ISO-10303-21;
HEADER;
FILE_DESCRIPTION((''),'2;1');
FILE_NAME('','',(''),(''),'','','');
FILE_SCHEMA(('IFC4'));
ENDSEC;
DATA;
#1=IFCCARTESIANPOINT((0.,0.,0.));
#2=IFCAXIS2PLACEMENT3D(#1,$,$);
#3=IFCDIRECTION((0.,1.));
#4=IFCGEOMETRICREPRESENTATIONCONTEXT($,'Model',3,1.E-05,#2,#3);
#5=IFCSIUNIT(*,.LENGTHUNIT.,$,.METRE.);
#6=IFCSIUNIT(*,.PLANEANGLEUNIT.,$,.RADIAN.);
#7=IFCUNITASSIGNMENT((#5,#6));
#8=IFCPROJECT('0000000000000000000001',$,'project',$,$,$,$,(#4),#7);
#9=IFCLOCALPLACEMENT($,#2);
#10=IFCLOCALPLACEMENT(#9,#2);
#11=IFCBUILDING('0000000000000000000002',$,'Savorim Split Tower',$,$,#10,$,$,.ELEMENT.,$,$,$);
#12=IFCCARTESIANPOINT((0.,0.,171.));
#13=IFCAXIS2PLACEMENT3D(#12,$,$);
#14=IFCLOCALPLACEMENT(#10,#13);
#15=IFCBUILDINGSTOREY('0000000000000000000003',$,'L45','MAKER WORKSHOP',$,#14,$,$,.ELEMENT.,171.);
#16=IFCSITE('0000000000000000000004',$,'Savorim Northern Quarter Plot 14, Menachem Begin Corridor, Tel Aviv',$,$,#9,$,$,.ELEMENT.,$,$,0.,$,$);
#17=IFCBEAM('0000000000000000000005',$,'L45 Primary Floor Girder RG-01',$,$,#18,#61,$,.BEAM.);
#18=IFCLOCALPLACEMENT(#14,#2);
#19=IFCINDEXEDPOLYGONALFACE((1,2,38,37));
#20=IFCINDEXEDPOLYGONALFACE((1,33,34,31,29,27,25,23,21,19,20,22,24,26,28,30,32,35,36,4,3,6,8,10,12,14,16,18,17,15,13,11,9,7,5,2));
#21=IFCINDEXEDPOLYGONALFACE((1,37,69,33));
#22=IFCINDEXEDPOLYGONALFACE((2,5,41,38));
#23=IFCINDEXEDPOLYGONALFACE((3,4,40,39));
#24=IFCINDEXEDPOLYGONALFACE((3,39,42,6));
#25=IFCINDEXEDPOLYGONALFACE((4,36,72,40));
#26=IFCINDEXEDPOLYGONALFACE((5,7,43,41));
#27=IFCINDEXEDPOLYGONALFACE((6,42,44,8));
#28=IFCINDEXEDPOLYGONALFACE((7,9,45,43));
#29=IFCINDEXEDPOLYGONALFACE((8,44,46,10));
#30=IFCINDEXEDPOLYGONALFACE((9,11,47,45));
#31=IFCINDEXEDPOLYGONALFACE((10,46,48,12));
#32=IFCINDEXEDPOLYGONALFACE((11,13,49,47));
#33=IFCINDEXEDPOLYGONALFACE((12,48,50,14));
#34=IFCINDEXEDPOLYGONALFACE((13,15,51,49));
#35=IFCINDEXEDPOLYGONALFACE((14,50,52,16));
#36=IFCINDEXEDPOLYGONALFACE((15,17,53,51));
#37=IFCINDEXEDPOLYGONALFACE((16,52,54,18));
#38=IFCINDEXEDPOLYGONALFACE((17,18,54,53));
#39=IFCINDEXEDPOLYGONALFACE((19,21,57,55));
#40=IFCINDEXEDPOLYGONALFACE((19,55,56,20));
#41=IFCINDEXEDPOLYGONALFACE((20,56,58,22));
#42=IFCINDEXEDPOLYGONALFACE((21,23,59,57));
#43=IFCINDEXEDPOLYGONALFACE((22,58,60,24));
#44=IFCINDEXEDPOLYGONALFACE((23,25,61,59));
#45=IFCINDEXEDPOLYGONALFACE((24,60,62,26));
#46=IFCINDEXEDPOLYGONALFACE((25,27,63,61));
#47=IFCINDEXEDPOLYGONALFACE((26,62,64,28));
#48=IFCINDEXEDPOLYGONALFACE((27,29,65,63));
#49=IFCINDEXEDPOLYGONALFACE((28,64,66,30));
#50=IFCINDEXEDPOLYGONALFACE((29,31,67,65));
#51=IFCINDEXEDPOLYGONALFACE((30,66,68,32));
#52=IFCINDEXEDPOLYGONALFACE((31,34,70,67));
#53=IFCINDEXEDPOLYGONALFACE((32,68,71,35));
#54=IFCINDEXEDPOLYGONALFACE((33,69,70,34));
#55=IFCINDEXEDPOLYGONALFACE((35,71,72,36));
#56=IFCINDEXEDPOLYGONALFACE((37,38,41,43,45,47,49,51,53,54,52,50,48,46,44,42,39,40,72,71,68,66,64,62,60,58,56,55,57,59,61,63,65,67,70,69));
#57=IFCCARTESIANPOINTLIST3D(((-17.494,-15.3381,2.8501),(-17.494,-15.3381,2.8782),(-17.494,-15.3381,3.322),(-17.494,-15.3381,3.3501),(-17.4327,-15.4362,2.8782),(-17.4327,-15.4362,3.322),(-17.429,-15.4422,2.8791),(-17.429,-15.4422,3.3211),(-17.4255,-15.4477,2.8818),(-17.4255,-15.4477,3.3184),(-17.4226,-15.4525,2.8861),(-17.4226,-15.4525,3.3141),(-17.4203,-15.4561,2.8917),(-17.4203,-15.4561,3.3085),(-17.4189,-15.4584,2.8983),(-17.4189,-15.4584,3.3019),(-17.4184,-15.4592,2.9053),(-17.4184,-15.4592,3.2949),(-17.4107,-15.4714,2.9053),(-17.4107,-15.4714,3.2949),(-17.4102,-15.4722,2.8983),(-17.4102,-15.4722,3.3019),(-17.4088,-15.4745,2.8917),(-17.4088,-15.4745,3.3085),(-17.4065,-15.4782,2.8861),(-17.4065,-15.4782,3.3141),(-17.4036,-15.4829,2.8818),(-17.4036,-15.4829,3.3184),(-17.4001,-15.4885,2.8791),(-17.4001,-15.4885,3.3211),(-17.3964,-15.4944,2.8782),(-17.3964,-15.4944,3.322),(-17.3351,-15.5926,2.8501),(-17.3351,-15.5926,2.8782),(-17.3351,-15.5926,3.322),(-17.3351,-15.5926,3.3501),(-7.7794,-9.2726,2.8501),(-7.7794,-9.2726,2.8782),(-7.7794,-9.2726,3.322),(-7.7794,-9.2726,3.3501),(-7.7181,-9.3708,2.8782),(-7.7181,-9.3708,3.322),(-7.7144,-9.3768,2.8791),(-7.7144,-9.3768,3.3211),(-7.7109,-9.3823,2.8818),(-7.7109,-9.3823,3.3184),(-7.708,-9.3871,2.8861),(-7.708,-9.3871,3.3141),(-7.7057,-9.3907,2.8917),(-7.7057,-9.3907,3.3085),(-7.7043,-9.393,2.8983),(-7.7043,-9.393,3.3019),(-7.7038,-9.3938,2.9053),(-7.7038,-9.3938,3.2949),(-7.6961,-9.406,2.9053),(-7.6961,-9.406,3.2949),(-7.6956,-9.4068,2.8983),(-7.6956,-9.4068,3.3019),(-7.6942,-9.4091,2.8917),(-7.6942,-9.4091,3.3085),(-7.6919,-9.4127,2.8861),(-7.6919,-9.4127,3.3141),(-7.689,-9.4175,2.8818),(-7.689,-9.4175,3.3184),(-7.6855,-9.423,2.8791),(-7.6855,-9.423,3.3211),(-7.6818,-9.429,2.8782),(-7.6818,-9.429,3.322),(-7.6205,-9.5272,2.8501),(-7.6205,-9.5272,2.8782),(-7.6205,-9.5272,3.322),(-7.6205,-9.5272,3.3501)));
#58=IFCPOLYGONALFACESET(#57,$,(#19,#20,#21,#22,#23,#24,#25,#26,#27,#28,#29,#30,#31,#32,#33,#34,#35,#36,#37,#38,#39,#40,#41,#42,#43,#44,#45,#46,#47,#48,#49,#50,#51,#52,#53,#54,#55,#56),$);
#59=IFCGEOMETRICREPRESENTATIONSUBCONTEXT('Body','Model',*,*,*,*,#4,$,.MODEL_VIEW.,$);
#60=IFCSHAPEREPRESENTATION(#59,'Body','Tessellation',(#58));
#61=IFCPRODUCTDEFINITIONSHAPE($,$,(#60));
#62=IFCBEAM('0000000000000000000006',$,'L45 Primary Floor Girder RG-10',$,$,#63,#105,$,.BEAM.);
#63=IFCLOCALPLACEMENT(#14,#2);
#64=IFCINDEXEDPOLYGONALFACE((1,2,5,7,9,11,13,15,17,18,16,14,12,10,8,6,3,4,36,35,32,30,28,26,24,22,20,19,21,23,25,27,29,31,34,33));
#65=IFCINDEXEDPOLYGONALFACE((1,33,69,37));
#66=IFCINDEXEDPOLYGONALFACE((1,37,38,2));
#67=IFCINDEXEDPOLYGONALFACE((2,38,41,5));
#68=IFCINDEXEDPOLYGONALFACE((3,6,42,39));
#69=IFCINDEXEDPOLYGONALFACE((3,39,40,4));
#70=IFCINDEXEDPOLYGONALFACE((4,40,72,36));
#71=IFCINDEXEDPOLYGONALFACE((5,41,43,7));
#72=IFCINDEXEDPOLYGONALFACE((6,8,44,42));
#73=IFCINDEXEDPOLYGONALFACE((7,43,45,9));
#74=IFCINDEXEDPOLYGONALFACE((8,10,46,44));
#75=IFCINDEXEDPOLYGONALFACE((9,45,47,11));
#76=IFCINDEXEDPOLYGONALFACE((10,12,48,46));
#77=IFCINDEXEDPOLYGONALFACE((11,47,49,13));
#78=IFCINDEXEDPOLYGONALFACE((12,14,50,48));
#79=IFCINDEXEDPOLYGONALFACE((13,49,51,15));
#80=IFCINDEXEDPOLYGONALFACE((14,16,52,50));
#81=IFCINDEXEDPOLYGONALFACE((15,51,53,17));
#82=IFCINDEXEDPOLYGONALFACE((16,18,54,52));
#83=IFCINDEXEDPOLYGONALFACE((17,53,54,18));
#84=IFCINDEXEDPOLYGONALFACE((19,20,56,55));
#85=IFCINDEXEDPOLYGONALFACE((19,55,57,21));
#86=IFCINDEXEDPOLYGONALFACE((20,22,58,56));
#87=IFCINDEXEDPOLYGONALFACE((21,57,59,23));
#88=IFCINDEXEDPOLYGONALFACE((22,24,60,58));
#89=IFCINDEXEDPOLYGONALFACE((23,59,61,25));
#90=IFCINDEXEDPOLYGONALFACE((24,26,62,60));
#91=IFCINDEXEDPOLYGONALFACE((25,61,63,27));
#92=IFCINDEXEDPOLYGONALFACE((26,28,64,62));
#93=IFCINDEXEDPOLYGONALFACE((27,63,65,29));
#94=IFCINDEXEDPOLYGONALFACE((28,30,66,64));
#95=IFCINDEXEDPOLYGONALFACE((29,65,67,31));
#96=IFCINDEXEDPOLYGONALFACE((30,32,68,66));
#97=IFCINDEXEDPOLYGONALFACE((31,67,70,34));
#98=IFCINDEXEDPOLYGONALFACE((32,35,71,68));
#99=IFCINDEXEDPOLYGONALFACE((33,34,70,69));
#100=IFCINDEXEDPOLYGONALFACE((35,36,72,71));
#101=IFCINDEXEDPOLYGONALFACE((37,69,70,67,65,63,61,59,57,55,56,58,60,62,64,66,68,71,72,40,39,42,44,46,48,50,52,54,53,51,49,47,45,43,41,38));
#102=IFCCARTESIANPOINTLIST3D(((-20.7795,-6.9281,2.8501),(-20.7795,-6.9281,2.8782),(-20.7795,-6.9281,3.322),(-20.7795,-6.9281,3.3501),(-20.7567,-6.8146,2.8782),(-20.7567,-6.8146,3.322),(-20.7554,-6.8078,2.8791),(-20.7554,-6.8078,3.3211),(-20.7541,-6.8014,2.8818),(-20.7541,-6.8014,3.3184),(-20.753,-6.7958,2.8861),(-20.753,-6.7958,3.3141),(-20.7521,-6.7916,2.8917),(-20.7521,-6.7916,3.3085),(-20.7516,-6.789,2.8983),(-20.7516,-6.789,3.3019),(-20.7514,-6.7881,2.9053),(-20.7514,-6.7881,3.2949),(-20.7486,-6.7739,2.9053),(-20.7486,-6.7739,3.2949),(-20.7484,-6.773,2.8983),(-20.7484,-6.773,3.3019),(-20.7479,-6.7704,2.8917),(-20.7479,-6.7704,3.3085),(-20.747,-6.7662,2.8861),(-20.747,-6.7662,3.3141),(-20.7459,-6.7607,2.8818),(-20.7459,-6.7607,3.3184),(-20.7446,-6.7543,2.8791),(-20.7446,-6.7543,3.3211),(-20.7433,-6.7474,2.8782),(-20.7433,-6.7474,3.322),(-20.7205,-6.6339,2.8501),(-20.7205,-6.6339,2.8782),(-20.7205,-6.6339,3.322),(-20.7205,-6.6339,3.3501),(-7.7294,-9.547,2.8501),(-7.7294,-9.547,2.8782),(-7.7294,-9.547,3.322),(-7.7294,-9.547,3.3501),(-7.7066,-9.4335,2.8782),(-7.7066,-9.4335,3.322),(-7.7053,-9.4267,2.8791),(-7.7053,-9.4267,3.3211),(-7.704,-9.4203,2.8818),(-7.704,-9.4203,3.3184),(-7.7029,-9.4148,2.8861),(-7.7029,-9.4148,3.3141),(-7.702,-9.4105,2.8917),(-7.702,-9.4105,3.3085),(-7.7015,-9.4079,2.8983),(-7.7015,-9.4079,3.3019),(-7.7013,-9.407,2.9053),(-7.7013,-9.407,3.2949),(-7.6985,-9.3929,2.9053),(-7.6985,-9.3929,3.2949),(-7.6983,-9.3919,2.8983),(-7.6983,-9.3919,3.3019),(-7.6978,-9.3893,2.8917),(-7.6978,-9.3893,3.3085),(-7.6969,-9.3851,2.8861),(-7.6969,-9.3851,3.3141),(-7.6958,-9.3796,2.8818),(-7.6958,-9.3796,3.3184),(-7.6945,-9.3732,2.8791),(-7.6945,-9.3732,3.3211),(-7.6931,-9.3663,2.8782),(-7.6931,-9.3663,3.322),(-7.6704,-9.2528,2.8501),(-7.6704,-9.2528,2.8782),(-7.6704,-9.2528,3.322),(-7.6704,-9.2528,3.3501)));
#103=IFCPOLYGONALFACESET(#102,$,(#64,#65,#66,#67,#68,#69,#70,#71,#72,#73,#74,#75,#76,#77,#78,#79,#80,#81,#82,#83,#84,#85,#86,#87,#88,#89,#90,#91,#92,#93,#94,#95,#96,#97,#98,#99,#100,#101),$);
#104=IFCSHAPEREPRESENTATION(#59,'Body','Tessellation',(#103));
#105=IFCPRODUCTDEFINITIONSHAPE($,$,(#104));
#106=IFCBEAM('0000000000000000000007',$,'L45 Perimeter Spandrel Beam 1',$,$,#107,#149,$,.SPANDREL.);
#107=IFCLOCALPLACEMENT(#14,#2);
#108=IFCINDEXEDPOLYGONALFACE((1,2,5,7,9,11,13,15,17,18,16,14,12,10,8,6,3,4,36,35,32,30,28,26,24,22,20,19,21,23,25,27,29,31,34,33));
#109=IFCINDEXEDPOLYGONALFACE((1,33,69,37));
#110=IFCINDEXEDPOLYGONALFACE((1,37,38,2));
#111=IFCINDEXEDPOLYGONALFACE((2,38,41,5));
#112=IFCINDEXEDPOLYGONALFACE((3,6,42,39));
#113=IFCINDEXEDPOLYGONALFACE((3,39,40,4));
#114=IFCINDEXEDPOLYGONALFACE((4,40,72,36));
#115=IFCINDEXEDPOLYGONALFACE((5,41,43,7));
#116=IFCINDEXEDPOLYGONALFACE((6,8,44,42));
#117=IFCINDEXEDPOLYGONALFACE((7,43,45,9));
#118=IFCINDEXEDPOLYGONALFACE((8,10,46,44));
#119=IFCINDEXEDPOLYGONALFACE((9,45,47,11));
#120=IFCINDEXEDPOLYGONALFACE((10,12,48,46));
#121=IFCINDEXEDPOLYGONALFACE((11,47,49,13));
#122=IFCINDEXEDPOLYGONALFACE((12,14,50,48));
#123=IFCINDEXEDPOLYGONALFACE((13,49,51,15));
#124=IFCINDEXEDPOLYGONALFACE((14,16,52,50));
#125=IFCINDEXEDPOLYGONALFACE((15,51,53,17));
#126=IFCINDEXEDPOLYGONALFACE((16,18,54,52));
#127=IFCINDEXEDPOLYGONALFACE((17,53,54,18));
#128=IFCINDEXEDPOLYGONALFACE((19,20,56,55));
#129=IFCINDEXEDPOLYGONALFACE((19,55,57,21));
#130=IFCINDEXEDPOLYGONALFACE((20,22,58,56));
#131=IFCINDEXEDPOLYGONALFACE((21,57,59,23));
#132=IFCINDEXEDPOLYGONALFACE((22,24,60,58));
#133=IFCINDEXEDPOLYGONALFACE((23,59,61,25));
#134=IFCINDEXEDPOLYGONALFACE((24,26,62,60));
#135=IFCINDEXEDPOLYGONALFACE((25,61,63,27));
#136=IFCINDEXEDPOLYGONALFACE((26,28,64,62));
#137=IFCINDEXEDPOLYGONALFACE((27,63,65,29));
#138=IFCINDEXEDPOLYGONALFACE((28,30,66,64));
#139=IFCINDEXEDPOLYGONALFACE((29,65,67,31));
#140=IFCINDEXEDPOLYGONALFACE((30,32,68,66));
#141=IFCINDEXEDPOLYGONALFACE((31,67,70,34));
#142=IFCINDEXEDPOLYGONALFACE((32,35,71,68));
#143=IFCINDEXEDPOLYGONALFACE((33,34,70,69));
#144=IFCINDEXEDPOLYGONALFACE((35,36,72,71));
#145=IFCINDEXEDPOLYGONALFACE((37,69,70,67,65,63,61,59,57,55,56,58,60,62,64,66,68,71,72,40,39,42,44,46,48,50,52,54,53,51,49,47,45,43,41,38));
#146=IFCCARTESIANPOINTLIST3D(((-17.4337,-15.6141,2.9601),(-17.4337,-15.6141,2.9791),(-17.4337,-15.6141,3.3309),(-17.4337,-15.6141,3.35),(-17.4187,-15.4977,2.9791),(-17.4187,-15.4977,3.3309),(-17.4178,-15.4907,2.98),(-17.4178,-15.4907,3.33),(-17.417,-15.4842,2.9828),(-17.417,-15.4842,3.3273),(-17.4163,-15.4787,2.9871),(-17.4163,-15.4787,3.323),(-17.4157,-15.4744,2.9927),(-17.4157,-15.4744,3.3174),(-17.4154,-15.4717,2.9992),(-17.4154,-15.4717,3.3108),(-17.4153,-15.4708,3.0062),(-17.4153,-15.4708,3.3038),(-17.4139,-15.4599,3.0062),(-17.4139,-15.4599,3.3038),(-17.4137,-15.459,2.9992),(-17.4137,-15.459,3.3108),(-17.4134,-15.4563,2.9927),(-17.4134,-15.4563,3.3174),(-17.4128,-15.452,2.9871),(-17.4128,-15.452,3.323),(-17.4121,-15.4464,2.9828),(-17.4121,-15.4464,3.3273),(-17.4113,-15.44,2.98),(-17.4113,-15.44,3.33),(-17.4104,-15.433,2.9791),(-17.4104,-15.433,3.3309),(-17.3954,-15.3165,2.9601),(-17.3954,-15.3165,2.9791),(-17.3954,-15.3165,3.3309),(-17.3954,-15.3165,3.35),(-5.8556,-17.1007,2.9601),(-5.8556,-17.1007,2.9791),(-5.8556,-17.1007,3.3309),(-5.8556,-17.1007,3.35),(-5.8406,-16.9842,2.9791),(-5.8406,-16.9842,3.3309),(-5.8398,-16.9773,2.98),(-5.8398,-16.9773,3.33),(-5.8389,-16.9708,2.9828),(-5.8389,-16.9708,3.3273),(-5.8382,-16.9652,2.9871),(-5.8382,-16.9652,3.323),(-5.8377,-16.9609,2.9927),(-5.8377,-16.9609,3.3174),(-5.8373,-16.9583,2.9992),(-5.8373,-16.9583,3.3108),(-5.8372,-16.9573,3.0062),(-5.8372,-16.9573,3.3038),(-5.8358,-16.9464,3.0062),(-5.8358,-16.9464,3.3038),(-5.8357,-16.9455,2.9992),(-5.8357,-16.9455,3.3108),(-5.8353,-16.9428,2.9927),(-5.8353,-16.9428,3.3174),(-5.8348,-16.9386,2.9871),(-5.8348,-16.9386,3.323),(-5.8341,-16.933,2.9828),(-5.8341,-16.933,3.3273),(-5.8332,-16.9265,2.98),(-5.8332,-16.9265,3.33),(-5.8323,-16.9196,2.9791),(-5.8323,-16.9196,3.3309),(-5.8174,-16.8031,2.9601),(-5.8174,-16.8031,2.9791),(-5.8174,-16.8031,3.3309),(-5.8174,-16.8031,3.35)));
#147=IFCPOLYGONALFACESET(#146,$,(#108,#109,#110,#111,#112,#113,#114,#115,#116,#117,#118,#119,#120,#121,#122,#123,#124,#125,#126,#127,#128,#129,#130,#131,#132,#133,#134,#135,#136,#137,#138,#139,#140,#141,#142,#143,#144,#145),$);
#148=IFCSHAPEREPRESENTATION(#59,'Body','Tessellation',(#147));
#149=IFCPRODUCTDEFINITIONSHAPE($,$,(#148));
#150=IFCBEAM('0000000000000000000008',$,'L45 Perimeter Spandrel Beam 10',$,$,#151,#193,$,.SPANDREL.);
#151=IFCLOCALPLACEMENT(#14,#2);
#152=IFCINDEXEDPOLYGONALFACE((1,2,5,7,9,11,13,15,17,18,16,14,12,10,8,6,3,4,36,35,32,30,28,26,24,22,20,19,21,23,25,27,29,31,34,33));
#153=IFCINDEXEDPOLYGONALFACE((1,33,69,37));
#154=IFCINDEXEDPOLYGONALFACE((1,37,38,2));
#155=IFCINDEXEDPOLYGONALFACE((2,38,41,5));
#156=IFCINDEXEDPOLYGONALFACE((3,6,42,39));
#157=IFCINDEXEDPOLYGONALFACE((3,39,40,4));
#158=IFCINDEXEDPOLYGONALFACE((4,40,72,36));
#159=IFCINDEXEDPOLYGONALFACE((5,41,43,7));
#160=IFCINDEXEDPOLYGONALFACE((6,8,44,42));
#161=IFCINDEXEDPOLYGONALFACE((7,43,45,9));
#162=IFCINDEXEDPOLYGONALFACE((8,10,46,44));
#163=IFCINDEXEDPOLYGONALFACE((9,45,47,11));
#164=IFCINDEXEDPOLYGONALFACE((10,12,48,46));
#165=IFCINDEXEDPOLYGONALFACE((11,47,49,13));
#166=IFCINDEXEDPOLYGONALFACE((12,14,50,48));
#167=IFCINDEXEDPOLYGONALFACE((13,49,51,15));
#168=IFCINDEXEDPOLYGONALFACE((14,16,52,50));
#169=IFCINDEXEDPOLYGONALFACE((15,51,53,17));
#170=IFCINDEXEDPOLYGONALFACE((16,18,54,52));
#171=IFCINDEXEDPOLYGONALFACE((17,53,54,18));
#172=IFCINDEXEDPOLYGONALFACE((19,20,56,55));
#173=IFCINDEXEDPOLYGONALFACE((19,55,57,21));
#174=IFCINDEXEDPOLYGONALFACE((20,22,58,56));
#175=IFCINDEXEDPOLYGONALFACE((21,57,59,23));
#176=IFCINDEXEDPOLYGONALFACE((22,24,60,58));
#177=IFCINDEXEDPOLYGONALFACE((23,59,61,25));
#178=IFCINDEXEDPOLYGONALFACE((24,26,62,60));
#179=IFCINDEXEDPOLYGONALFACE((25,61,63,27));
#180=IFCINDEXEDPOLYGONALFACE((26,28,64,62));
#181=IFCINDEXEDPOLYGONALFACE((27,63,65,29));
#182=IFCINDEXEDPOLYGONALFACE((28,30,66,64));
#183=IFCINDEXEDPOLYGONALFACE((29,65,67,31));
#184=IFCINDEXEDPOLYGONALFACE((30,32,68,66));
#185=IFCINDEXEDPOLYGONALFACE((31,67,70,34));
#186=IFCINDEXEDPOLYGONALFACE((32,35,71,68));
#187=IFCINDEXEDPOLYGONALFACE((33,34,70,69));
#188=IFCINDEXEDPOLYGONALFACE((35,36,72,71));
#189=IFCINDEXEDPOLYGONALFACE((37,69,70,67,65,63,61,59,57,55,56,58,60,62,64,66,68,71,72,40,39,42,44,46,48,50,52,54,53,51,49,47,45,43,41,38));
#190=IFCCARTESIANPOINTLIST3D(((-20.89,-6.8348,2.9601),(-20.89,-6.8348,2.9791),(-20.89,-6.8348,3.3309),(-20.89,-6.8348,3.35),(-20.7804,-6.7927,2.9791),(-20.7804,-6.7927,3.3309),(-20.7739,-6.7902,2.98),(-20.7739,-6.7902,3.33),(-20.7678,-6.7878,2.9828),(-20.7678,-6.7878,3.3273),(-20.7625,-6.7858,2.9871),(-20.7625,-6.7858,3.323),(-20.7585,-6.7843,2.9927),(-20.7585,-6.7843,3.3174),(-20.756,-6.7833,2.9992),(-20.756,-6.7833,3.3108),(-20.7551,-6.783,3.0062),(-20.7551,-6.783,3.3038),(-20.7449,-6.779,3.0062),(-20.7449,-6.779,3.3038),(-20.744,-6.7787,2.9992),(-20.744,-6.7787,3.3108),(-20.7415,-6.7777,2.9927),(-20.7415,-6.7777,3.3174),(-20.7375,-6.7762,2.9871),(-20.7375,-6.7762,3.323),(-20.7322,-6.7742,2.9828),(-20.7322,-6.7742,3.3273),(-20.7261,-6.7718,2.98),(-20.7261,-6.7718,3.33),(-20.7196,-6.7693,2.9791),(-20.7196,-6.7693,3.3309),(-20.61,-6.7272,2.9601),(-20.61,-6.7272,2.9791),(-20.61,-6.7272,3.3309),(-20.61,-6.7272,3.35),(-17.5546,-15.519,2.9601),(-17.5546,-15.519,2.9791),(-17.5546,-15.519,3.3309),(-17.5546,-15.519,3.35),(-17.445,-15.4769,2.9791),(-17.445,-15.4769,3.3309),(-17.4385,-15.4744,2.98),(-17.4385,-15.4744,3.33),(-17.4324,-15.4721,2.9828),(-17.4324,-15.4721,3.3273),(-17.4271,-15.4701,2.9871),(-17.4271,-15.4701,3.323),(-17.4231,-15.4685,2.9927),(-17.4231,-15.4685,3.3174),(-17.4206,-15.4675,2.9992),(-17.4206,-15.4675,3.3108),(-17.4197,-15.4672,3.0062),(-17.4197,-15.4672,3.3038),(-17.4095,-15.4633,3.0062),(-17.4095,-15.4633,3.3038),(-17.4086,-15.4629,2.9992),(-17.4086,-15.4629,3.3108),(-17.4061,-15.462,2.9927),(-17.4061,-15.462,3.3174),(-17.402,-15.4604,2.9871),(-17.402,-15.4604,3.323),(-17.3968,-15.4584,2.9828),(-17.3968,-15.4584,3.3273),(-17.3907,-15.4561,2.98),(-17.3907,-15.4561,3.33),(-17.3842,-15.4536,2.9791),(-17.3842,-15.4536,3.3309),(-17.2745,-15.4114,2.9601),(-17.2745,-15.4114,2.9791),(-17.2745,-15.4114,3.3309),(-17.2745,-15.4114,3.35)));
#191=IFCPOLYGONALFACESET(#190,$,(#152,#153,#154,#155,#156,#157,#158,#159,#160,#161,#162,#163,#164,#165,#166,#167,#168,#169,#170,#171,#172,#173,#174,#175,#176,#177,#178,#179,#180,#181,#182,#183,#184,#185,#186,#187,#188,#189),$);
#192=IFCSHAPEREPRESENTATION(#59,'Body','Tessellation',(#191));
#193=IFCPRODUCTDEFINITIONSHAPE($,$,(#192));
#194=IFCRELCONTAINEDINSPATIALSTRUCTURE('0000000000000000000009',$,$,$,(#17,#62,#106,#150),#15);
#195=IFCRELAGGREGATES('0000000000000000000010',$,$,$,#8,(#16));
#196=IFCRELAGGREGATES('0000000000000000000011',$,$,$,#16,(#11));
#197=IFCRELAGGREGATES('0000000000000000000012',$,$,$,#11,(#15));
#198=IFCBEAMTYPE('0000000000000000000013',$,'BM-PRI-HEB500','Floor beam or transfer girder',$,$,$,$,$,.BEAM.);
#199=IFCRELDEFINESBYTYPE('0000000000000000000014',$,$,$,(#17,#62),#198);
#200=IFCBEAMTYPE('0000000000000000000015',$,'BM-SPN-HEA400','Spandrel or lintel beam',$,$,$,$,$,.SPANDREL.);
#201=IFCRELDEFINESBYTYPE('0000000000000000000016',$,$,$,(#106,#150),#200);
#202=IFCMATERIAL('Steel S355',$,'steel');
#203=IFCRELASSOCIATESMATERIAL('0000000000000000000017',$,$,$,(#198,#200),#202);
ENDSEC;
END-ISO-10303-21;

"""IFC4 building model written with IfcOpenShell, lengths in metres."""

from ifc_helpers import new_model, si_unit, direction, frame, origin, origin_2d, place, context, subcontext, project, spatial, i_section, extrude, material, material_profile, profile_set, type_object, element, save


model = new_model("IFC4")

# Units and contexts
model_context = context("Model", 3, precision=1e-05, world=origin(), true_north=direction((0.0, 1.0)))
body_context = subcontext(model_context, "Body", "Model", "MODEL_VIEW")
ifc_project = project(units=[si_unit("LENGTHUNIT", "METRE"), si_unit("PLANEANGLEUNIT", "RADIAN")], contexts=[model_context])

# Site, building, storey
site_placement = place(None, origin())
site = spatial("IfcSite", under=ifc_project, at=site_placement, Name="Savorim Northern Quarter Plot 14, Menachem Begin Corridor, Tel Aviv", CompositionType="ELEMENT", RefElevation=0.0)
building_placement = place(site_placement, origin())
building = spatial("IfcBuilding", under=site, at=building_placement, Name="Savorim Split Tower", CompositionType="ELEMENT")
storey_placement = place(building_placement, frame((0.0, 0.0, 171.0)))
storey = spatial("IfcBuildingStorey", under=building, at=storey_placement, Name="L45", Description="MAKER WORKSHOP", CompositionType="ELEMENT", Elevation=171.0)

# Beams
ifc_material_1 = material(Name="Steel S355", Category="steel")
ifc_material_profile_1 = material_profile(ifc_material_1, i_section(OverallWidth=0.3, OverallDepth=0.5, WebThickness=0.0144, FlangeThickness=0.0281, FilletRadius=0.0271, at=origin_2d()), Name="HEB 500")
ifc_profile_set_1 = profile_set([ifc_material_profile_1], Name="Steel S355")
beam_type_1 = type_object("IfcBeamType", Name="BM-PRI-HEB500", Description="Floor beam or transfer girder", PredefinedType="BEAM", material=ifc_profile_set_1)
beam_1_placement = place(storey_placement, frame((-17.4146, -15.4653, 3.1001), z_axis=(0.848241, 0.52961, 0.0), x_axis=(-0.52961, 0.848241, 0.0)))
element("IfcBeam", 1, at=beam_1_placement, inside=storey, type_object=beam_type_1, Name="L45 Primary Floor Girder RG-01", PredefinedType="BEAM", context=body_context, shape_type="SweptSolid", body=[
    extrude(i_section(OverallWidth=0.3, OverallDepth=0.5, WebThickness=0.0144, FlangeThickness=0.0281, FilletRadius=0.0271, at=origin_2d()), origin(), (0.0, 0.0, 1.0), 11.4526),
])
beam_2_placement = place(storey_placement, frame((-20.75, -6.781, 3.1001), z_axis=(0.980452, -0.196758, 0.0), x_axis=(0.196758, 0.980452, 0.0)))
element("IfcBeam", 2, at=beam_2_placement, inside=storey, type_object=beam_type_1, Name="L45 Primary Floor Girder RG-10", PredefinedType="BEAM", context=body_context, shape_type="SweptSolid", body=[
    extrude(i_section(OverallWidth=0.3, OverallDepth=0.5, WebThickness=0.0144, FlangeThickness=0.0281, FilletRadius=0.0271, at=origin_2d()), origin(), (0.0, 0.0, 1.0), 13.3103),
])
ifc_material_profile_2 = material_profile(ifc_material_1, i_section(OverallWidth=0.3, OverallDepth=0.3899, WebThickness=0.011, FlangeThickness=0.019, FilletRadius=0.0271, at=origin_2d()), Name="HEA 400")
ifc_profile_set_2 = profile_set([ifc_material_profile_2], Name="Steel S355")
beam_type_2 = type_object("IfcBeamType", Name="BM-SPN-HEA400", Description="Spandrel or lintel beam", PredefinedType="SPANDREL", material=ifc_profile_set_2)
beam_3_placement = place(storey_placement, frame((-17.4146, -15.4653, 3.155), z_axis=(0.991858, -0.12735, 0.0), x_axis=(0.12735, 0.991858, 0.0)))
element("IfcBeam", 3, at=beam_3_placement, inside=storey, type_object=beam_type_2, Name="L45 Perimeter Spandrel Beam 1", PredefinedType="SPANDREL", context=body_context, shape_type="SweptSolid", body=[
    extrude(i_section(OverallWidth=0.3, OverallDepth=0.3899, WebThickness=0.011, FlangeThickness=0.019, FilletRadius=0.0271, at=origin_2d()), origin(), (0.0, 0.0, 1.0), 11.6731),
])
beam_4_placement = place(storey_placement, frame((-20.75, -6.781, 3.155), z_axis=(0.358541, -0.933514, 0.0), x_axis=(0.933514, 0.358541, 0.0)))
element("IfcBeam", 4, at=beam_4_placement, inside=storey, type_object=beam_type_2, Name="L45 Perimeter Spandrel Beam 10", PredefinedType="SPANDREL", context=body_context, shape_type="SweptSolid", body=[
    extrude(i_section(OverallWidth=0.3, OverallDepth=0.3899, WebThickness=0.011, FlangeThickness=0.019, FilletRadius=0.0271, at=origin_2d()), origin(), (0.0, 0.0, 1.0), 9.3027),
])

save(model, "model.ifc")
